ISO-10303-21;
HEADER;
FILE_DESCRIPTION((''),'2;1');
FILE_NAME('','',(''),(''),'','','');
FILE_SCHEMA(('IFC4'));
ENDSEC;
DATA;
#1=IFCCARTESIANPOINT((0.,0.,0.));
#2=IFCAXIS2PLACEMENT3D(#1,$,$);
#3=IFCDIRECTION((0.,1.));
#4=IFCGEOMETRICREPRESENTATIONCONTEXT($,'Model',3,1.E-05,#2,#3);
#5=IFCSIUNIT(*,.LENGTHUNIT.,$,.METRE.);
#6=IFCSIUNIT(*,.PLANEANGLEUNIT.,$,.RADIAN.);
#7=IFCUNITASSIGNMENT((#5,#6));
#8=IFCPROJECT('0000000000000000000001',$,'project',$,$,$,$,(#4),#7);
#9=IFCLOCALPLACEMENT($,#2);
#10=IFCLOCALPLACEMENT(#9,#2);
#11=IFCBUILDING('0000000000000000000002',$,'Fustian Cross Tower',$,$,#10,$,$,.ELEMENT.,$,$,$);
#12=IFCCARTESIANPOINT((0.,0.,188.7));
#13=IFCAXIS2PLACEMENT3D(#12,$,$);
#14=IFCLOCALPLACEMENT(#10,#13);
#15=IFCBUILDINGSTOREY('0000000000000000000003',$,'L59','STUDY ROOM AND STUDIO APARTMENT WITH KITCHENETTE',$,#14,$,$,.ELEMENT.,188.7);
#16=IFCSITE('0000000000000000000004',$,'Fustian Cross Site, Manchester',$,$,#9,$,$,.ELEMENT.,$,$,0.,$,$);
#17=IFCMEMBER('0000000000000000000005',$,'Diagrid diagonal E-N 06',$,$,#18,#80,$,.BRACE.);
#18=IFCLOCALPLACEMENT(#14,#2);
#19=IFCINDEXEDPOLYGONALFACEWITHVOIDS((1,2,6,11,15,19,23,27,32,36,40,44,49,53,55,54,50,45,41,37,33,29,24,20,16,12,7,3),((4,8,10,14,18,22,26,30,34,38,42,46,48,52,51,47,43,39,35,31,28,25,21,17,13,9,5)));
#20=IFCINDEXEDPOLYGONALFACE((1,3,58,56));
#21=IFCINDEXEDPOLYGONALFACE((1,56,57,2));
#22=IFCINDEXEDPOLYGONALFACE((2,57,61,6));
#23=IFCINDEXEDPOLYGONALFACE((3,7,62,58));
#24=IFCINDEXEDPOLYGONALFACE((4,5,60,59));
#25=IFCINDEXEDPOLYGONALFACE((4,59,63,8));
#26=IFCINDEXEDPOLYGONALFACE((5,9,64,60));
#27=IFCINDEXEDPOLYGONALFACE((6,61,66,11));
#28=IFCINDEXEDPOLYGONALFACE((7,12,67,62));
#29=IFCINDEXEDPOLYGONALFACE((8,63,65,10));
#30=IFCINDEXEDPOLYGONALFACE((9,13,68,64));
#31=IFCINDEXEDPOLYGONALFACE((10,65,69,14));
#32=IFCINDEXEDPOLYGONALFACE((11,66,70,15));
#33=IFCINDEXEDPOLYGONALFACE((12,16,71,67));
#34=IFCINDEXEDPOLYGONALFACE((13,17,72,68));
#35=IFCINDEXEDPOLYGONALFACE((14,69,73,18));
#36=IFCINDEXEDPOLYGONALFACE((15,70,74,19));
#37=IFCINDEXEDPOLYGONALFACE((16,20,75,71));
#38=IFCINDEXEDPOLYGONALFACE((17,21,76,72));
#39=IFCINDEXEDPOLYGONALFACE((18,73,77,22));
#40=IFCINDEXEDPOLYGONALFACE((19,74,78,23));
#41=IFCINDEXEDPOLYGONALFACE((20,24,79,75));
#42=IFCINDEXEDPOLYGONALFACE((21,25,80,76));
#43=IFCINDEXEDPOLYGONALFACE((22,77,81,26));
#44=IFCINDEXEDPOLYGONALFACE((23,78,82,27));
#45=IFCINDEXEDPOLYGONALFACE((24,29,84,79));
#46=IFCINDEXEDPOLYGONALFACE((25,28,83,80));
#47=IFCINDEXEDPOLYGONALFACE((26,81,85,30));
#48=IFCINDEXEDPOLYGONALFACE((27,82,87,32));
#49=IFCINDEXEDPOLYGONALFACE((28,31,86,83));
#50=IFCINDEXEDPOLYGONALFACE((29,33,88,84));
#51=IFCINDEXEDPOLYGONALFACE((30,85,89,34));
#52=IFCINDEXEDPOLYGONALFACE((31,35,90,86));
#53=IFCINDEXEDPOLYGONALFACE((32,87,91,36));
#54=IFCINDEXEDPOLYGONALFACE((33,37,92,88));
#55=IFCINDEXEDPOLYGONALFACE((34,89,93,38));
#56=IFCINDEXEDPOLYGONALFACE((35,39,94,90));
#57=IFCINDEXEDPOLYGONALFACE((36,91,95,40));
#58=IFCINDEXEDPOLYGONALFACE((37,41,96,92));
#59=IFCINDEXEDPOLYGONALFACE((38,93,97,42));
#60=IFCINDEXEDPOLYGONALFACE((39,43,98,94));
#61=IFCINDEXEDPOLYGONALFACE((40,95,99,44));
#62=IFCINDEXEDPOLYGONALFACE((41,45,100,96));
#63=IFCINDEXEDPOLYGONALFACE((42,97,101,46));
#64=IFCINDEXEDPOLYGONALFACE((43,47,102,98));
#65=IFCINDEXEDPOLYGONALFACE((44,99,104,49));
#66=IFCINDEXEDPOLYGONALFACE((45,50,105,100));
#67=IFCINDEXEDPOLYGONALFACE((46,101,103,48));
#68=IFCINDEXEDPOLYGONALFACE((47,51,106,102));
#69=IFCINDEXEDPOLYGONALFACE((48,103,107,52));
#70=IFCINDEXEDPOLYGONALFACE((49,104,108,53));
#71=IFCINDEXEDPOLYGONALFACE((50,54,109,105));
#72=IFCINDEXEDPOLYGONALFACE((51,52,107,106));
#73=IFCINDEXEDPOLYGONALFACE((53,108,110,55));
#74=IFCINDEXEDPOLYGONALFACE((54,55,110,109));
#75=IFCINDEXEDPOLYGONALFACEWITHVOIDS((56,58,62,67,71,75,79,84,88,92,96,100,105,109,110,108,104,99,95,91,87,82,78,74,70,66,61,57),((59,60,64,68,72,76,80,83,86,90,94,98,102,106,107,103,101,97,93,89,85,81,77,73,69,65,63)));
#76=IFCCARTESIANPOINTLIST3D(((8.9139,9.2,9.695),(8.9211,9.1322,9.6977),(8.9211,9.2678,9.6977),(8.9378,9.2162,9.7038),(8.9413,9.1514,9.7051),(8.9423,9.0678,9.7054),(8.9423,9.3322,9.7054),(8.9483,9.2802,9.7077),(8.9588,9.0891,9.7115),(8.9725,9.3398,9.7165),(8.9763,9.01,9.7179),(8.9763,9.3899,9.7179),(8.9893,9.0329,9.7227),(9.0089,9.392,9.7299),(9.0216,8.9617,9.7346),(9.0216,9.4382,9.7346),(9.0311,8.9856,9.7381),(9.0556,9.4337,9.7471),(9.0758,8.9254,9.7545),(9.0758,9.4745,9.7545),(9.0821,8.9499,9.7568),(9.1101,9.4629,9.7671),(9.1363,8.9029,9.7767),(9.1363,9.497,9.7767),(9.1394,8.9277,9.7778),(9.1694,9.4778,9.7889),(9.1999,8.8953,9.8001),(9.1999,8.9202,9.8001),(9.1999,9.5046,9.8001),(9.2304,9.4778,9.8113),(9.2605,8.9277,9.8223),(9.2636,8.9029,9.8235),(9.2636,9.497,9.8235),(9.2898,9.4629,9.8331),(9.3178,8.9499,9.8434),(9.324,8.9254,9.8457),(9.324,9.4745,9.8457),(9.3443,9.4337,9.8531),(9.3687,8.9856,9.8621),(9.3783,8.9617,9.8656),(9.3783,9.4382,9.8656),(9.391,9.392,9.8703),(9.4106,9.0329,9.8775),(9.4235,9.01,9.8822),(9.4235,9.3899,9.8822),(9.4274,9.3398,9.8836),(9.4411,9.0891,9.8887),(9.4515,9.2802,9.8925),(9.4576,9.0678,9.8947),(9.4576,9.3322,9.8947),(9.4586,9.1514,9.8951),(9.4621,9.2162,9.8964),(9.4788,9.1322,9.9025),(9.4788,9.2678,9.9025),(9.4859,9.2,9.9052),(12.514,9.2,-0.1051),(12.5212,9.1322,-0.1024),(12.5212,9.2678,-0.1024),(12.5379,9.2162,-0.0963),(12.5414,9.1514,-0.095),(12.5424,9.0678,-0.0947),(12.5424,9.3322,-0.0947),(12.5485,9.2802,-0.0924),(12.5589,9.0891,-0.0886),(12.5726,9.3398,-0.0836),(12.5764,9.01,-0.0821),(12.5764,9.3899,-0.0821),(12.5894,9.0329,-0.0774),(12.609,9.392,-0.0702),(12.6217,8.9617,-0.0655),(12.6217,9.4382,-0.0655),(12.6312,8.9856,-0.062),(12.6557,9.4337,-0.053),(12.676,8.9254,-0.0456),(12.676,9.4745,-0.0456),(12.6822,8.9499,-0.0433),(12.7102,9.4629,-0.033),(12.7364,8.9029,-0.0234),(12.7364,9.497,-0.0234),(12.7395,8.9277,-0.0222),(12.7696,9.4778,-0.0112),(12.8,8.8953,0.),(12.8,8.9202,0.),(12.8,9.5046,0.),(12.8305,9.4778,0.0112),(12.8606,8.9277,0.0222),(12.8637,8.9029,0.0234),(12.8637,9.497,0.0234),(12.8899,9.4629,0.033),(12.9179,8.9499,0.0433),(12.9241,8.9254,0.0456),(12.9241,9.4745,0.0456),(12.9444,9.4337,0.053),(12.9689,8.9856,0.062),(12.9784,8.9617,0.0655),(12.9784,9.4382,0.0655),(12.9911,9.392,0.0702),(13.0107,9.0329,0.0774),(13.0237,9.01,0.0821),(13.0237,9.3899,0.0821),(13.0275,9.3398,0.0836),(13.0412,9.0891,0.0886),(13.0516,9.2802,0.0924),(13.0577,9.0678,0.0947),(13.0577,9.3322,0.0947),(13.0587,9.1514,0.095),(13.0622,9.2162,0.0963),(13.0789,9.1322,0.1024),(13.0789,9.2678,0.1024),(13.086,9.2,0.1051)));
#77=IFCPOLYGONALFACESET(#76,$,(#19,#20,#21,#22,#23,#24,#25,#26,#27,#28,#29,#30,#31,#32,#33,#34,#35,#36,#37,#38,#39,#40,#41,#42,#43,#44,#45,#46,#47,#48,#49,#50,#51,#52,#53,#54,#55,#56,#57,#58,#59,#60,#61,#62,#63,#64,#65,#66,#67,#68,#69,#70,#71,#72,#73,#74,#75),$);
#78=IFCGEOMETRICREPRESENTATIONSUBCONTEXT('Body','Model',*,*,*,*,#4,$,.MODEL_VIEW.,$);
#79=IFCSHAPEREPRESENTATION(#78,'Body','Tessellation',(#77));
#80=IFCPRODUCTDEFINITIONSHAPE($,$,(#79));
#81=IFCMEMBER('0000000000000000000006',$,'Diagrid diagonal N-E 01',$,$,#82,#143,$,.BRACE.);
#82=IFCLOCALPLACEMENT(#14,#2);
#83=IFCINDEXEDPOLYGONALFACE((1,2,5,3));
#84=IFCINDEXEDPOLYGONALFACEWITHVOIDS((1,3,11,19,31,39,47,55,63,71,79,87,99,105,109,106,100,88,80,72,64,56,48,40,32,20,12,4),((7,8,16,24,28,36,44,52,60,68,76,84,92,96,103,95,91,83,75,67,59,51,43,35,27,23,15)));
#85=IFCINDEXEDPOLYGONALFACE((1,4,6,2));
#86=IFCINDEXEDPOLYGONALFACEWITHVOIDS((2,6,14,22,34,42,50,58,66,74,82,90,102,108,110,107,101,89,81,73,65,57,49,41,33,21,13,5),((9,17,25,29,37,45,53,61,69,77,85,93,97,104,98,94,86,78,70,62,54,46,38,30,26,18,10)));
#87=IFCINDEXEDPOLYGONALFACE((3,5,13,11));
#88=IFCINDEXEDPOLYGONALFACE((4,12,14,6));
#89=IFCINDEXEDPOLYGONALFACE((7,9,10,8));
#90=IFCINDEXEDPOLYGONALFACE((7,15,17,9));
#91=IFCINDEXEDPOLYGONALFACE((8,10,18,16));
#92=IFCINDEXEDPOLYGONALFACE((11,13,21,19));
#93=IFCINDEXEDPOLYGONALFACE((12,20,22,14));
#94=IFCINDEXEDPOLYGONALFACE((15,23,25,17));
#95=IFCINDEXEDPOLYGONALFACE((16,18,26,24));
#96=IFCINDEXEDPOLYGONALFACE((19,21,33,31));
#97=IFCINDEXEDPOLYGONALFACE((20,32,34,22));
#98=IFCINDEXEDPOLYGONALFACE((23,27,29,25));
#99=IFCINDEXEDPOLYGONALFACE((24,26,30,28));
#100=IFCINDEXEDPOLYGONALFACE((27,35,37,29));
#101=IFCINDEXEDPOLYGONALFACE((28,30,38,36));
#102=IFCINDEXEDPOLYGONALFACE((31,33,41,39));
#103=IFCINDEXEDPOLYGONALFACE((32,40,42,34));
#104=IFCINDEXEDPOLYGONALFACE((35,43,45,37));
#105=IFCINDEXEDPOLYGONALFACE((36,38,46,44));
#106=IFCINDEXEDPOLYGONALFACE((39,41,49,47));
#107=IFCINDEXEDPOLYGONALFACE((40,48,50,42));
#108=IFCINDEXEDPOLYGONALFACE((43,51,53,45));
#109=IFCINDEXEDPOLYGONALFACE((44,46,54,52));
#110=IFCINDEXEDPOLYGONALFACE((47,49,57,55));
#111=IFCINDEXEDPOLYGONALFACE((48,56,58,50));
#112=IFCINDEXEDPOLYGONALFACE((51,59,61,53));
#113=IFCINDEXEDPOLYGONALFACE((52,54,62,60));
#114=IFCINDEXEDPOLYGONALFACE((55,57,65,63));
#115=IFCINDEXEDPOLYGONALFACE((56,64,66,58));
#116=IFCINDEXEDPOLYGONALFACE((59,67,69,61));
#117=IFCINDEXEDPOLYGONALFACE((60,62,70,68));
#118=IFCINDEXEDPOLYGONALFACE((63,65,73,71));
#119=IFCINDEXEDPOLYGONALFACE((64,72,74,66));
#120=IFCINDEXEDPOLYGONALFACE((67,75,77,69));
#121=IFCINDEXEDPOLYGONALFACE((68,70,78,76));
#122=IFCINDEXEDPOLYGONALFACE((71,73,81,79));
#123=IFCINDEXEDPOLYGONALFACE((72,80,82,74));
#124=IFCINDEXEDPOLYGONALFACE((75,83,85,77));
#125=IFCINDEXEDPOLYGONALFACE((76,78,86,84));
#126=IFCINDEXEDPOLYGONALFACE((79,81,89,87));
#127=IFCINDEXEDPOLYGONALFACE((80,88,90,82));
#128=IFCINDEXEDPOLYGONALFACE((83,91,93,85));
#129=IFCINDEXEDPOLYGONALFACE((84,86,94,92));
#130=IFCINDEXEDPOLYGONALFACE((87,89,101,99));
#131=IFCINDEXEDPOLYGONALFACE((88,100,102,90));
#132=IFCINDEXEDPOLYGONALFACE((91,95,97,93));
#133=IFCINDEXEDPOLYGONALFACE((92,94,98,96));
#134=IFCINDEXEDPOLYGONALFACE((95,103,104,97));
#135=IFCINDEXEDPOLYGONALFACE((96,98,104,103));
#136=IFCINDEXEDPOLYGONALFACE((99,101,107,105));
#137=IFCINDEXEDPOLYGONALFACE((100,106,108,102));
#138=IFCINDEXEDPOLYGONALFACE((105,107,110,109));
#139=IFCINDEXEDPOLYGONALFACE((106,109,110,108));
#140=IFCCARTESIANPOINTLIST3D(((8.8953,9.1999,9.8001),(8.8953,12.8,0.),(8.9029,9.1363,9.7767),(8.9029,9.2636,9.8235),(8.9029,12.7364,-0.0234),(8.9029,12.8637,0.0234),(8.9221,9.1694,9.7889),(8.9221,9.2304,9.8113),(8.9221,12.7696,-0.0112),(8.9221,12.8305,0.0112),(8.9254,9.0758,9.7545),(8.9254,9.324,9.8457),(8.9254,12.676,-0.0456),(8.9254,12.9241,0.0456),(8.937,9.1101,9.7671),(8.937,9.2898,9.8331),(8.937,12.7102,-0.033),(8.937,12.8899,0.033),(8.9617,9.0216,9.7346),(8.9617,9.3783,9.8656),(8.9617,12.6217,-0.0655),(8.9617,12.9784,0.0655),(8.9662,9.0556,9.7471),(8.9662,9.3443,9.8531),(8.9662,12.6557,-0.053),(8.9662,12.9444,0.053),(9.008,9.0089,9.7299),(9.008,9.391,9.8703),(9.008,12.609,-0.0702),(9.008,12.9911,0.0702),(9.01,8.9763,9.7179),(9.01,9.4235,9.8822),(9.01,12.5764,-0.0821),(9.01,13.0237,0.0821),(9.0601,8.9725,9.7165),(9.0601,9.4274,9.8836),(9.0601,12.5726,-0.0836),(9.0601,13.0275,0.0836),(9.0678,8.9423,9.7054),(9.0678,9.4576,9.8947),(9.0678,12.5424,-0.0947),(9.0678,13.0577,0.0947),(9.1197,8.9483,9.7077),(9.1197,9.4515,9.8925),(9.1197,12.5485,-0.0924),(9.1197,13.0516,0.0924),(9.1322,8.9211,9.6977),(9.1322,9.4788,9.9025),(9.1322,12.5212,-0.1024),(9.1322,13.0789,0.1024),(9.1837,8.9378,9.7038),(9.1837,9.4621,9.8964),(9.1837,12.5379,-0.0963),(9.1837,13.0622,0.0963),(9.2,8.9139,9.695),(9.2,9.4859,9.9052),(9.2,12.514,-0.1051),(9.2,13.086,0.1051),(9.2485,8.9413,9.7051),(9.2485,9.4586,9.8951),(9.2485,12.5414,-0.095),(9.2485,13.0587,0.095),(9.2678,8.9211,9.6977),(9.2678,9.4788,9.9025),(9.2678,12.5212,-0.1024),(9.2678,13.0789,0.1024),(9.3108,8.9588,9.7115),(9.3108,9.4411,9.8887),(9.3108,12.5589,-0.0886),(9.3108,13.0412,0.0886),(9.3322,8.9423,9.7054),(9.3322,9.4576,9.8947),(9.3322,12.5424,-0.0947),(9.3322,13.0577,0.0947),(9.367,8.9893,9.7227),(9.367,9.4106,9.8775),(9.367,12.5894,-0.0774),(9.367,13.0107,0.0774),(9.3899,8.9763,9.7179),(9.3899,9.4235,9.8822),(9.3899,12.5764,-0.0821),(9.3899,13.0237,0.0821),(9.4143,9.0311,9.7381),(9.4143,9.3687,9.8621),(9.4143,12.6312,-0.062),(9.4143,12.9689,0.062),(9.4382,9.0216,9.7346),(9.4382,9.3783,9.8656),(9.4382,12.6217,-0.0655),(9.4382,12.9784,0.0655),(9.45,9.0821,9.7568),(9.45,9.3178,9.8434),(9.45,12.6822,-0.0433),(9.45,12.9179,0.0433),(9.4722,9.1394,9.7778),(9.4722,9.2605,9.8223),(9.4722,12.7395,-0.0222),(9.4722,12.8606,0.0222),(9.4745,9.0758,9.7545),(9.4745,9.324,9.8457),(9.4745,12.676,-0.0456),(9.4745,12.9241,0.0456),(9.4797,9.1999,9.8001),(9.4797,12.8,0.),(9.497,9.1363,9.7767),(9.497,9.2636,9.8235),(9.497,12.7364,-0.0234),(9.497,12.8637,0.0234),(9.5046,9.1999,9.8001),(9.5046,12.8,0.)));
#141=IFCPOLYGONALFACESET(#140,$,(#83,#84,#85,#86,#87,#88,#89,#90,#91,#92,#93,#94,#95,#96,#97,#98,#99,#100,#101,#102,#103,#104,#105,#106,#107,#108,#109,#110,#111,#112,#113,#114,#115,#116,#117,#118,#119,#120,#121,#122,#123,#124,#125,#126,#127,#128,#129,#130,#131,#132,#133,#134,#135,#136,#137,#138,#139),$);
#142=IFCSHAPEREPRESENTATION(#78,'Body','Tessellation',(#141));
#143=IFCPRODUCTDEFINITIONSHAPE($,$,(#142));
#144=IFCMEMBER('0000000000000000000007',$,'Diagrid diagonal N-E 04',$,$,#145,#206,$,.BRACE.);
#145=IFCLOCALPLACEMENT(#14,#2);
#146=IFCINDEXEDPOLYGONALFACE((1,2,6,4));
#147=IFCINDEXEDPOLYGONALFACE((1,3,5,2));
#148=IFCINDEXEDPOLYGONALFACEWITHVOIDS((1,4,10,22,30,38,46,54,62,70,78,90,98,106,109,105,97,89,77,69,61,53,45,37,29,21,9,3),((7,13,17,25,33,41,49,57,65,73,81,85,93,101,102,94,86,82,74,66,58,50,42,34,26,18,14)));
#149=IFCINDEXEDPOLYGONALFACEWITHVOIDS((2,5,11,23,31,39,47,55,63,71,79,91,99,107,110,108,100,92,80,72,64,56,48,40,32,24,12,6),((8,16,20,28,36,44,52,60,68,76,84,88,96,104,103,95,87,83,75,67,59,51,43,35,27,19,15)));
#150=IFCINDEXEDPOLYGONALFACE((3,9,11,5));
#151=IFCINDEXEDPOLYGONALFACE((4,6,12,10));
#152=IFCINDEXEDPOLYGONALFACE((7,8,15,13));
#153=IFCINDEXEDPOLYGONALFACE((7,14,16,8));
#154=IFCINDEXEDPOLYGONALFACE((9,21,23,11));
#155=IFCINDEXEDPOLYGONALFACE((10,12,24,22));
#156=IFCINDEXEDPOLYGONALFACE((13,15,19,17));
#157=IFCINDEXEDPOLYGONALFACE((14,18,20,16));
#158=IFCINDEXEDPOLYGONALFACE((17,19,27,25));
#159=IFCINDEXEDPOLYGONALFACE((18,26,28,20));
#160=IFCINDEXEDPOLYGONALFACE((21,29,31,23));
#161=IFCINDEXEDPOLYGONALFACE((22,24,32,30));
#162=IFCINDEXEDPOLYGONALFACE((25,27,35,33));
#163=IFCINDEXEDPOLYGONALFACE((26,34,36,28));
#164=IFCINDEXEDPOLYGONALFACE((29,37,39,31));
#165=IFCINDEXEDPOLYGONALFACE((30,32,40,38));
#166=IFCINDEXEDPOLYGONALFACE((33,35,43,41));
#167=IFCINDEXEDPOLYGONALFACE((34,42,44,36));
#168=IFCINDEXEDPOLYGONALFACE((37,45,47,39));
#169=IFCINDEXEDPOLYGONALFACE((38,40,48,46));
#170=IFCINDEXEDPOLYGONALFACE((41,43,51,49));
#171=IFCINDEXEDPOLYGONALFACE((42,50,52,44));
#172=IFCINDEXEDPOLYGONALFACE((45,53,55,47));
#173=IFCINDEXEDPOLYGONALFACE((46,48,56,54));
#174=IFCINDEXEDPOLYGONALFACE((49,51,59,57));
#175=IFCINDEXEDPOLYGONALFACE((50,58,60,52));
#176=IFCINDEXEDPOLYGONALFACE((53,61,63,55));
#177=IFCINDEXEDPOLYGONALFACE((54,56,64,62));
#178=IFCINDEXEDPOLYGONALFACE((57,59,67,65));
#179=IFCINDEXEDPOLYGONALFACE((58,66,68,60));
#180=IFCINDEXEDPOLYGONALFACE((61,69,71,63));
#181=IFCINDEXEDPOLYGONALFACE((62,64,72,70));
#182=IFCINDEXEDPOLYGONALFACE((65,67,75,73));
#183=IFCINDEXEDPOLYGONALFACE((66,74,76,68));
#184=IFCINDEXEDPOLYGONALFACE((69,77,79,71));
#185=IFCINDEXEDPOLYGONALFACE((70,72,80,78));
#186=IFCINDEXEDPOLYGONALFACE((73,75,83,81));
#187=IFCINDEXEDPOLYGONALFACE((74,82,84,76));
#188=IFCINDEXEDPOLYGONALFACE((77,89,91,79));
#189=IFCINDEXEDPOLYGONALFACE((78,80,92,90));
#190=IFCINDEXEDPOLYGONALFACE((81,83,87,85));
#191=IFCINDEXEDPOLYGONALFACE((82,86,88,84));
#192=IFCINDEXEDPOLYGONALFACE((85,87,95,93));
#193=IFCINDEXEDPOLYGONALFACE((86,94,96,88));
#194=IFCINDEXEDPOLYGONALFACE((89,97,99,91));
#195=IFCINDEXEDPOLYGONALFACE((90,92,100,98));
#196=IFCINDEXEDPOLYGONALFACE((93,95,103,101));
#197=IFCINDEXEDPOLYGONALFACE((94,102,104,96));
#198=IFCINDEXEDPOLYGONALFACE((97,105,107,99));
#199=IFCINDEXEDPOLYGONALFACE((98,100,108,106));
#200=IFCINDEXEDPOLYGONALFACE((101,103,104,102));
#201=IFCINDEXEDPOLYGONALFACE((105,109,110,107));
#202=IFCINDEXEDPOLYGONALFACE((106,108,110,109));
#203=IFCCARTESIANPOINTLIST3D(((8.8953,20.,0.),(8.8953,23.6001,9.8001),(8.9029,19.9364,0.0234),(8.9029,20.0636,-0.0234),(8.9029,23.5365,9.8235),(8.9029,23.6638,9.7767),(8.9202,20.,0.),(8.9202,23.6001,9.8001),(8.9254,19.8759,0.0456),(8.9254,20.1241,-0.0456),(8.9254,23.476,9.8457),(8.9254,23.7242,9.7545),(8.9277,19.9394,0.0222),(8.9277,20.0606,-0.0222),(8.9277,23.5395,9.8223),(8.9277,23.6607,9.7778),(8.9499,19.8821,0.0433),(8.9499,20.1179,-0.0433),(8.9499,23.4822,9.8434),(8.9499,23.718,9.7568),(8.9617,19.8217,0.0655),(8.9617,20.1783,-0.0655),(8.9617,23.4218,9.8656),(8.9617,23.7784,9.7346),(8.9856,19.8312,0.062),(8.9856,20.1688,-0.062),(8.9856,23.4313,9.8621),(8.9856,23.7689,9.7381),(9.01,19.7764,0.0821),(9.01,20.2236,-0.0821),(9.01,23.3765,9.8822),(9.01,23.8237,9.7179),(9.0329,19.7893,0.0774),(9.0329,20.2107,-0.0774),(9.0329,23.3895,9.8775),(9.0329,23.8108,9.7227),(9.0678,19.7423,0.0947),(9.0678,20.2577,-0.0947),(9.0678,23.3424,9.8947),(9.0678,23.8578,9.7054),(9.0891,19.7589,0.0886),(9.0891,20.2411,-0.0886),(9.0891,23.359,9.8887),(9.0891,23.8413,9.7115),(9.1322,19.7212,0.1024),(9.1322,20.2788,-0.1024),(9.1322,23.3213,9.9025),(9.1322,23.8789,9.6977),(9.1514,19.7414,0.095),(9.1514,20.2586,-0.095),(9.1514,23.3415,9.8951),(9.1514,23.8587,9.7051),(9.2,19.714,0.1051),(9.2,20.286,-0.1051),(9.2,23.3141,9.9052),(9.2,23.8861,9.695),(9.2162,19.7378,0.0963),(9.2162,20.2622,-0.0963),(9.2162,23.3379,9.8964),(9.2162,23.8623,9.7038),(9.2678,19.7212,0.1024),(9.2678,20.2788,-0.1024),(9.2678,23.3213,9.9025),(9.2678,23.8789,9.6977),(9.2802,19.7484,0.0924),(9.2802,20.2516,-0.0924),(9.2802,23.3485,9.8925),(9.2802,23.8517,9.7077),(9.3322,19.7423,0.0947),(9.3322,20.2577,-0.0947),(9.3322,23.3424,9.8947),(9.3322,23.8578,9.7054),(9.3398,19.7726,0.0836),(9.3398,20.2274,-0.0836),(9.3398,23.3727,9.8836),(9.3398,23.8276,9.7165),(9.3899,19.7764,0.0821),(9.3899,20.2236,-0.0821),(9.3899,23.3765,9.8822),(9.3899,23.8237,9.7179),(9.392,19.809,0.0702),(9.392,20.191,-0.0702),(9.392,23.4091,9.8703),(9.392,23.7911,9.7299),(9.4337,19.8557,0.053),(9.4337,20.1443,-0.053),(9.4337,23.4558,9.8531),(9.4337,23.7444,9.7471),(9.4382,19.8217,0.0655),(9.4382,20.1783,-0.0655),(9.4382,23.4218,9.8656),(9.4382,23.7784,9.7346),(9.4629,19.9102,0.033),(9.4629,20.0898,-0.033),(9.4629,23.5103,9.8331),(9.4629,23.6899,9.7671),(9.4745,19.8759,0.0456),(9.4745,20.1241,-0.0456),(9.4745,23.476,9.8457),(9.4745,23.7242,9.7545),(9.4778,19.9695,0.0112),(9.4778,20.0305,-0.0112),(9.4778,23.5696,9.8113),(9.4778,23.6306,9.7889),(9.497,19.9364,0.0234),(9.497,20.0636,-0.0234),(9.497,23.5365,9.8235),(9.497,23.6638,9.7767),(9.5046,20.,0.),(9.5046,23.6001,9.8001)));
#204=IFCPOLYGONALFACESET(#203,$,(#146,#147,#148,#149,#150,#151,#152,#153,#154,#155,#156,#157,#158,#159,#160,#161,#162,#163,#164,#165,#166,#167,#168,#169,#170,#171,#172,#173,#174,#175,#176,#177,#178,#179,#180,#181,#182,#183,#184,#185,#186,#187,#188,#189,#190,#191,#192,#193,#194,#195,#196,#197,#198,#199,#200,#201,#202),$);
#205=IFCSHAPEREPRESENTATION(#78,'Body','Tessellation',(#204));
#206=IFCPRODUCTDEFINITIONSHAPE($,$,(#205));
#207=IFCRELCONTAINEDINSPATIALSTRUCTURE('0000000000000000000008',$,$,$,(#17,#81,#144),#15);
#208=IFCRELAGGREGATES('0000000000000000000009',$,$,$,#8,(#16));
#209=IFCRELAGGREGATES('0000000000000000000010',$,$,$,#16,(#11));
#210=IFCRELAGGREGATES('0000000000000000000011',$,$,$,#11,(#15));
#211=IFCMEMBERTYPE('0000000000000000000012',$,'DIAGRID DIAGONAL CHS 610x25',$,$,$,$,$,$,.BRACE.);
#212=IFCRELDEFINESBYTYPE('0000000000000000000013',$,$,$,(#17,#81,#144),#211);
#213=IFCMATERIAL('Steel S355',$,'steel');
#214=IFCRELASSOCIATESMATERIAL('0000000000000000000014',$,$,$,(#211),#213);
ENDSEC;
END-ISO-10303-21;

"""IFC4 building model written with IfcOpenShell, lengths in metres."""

from ifc_helpers import new_model, si_unit, direction, frame, origin, origin_2d, place, context, subcontext, project, spatial, hollow_circle, extrude, material, material_profile, profile_set, type_object, element, save


model = new_model("IFC4")

# Units and contexts
model_context = context("Model", 3, precision=1e-05, world=origin(), true_north=direction((0.0, 1.0)))
body_context = subcontext(model_context, "Body", "Model", "MODEL_VIEW")
ifc_project = project(units=[si_unit("LENGTHUNIT", "METRE"), si_unit("PLANEANGLEUNIT", "RADIAN")], contexts=[model_context])

# Site, building, storey
site_placement = place(None, origin())
site = spatial("IfcSite", under=ifc_project, at=site_placement, Name="Fustian Cross Site, Manchester", CompositionType="ELEMENT", RefElevation=0.0)
building_placement = place(site_placement, origin())
building = spatial("IfcBuilding", under=site, at=building_placement, Name="Fustian Cross Tower", CompositionType="ELEMENT")
storey_placement = place(building_placement, frame((0.0, 0.0, 188.7)))
storey = spatial("IfcBuildingStorey", under=building, at=storey_placement, Name="L59", Description="STUDY ROOM AND STUDIO APARTMENT WITH KITCHENETTE", CompositionType="ELEMENT", Elevation=188.7)

# Members
ifc_material_1 = material(Name="Steel S355", Category="steel")
ifc_material_profile_1 = material_profile(ifc_material_1, hollow_circle(Radius=0.3047, WallThickness=0.0249, at=origin_2d()), Name="CHS 610x25")
ifc_profile_set_1 = profile_set([ifc_material_profile_1], Name="Steel S355")
member_type_1 = type_object("IfcMemberType", Name="DIAGRID DIAGONAL CHS 610x25", PredefinedType="BRACE", material=ifc_profile_set_1)
for number, where, z_axis, x_axis, name in (
    (1, (12.8, 9.2, 0.0), (-0.344824, 0.0, 0.938667), (0.0, -1.0, 0.0), "Diagrid diagonal E-N 06"),
    (2, (9.2, 12.8, 0.0), (0.0, -0.344824, 0.938667), (1.0, 0.0, 0.0), "Diagrid diagonal N-E 01"),
    (3, (9.2, 20.0, 0.0), (0.0, 0.344824, 0.938667), (-1.0, 0.0, 0.0), "Diagrid diagonal N-E 04"),
):
    element("IfcMember", number, at=place(storey_placement, frame(where, z_axis=z_axis, x_axis=x_axis)), inside=storey, type_object=member_type_1, Name=name, PredefinedType="BRACE", context=body_context, shape_type="SweptSolid", body=[
        extrude(hollow_circle(Radius=0.3047, WallThickness=0.0249, at=origin_2d()), origin(), (0.0, 0.0, 1.0), 10.4404),
    ])

save(model, "model.ifc")
